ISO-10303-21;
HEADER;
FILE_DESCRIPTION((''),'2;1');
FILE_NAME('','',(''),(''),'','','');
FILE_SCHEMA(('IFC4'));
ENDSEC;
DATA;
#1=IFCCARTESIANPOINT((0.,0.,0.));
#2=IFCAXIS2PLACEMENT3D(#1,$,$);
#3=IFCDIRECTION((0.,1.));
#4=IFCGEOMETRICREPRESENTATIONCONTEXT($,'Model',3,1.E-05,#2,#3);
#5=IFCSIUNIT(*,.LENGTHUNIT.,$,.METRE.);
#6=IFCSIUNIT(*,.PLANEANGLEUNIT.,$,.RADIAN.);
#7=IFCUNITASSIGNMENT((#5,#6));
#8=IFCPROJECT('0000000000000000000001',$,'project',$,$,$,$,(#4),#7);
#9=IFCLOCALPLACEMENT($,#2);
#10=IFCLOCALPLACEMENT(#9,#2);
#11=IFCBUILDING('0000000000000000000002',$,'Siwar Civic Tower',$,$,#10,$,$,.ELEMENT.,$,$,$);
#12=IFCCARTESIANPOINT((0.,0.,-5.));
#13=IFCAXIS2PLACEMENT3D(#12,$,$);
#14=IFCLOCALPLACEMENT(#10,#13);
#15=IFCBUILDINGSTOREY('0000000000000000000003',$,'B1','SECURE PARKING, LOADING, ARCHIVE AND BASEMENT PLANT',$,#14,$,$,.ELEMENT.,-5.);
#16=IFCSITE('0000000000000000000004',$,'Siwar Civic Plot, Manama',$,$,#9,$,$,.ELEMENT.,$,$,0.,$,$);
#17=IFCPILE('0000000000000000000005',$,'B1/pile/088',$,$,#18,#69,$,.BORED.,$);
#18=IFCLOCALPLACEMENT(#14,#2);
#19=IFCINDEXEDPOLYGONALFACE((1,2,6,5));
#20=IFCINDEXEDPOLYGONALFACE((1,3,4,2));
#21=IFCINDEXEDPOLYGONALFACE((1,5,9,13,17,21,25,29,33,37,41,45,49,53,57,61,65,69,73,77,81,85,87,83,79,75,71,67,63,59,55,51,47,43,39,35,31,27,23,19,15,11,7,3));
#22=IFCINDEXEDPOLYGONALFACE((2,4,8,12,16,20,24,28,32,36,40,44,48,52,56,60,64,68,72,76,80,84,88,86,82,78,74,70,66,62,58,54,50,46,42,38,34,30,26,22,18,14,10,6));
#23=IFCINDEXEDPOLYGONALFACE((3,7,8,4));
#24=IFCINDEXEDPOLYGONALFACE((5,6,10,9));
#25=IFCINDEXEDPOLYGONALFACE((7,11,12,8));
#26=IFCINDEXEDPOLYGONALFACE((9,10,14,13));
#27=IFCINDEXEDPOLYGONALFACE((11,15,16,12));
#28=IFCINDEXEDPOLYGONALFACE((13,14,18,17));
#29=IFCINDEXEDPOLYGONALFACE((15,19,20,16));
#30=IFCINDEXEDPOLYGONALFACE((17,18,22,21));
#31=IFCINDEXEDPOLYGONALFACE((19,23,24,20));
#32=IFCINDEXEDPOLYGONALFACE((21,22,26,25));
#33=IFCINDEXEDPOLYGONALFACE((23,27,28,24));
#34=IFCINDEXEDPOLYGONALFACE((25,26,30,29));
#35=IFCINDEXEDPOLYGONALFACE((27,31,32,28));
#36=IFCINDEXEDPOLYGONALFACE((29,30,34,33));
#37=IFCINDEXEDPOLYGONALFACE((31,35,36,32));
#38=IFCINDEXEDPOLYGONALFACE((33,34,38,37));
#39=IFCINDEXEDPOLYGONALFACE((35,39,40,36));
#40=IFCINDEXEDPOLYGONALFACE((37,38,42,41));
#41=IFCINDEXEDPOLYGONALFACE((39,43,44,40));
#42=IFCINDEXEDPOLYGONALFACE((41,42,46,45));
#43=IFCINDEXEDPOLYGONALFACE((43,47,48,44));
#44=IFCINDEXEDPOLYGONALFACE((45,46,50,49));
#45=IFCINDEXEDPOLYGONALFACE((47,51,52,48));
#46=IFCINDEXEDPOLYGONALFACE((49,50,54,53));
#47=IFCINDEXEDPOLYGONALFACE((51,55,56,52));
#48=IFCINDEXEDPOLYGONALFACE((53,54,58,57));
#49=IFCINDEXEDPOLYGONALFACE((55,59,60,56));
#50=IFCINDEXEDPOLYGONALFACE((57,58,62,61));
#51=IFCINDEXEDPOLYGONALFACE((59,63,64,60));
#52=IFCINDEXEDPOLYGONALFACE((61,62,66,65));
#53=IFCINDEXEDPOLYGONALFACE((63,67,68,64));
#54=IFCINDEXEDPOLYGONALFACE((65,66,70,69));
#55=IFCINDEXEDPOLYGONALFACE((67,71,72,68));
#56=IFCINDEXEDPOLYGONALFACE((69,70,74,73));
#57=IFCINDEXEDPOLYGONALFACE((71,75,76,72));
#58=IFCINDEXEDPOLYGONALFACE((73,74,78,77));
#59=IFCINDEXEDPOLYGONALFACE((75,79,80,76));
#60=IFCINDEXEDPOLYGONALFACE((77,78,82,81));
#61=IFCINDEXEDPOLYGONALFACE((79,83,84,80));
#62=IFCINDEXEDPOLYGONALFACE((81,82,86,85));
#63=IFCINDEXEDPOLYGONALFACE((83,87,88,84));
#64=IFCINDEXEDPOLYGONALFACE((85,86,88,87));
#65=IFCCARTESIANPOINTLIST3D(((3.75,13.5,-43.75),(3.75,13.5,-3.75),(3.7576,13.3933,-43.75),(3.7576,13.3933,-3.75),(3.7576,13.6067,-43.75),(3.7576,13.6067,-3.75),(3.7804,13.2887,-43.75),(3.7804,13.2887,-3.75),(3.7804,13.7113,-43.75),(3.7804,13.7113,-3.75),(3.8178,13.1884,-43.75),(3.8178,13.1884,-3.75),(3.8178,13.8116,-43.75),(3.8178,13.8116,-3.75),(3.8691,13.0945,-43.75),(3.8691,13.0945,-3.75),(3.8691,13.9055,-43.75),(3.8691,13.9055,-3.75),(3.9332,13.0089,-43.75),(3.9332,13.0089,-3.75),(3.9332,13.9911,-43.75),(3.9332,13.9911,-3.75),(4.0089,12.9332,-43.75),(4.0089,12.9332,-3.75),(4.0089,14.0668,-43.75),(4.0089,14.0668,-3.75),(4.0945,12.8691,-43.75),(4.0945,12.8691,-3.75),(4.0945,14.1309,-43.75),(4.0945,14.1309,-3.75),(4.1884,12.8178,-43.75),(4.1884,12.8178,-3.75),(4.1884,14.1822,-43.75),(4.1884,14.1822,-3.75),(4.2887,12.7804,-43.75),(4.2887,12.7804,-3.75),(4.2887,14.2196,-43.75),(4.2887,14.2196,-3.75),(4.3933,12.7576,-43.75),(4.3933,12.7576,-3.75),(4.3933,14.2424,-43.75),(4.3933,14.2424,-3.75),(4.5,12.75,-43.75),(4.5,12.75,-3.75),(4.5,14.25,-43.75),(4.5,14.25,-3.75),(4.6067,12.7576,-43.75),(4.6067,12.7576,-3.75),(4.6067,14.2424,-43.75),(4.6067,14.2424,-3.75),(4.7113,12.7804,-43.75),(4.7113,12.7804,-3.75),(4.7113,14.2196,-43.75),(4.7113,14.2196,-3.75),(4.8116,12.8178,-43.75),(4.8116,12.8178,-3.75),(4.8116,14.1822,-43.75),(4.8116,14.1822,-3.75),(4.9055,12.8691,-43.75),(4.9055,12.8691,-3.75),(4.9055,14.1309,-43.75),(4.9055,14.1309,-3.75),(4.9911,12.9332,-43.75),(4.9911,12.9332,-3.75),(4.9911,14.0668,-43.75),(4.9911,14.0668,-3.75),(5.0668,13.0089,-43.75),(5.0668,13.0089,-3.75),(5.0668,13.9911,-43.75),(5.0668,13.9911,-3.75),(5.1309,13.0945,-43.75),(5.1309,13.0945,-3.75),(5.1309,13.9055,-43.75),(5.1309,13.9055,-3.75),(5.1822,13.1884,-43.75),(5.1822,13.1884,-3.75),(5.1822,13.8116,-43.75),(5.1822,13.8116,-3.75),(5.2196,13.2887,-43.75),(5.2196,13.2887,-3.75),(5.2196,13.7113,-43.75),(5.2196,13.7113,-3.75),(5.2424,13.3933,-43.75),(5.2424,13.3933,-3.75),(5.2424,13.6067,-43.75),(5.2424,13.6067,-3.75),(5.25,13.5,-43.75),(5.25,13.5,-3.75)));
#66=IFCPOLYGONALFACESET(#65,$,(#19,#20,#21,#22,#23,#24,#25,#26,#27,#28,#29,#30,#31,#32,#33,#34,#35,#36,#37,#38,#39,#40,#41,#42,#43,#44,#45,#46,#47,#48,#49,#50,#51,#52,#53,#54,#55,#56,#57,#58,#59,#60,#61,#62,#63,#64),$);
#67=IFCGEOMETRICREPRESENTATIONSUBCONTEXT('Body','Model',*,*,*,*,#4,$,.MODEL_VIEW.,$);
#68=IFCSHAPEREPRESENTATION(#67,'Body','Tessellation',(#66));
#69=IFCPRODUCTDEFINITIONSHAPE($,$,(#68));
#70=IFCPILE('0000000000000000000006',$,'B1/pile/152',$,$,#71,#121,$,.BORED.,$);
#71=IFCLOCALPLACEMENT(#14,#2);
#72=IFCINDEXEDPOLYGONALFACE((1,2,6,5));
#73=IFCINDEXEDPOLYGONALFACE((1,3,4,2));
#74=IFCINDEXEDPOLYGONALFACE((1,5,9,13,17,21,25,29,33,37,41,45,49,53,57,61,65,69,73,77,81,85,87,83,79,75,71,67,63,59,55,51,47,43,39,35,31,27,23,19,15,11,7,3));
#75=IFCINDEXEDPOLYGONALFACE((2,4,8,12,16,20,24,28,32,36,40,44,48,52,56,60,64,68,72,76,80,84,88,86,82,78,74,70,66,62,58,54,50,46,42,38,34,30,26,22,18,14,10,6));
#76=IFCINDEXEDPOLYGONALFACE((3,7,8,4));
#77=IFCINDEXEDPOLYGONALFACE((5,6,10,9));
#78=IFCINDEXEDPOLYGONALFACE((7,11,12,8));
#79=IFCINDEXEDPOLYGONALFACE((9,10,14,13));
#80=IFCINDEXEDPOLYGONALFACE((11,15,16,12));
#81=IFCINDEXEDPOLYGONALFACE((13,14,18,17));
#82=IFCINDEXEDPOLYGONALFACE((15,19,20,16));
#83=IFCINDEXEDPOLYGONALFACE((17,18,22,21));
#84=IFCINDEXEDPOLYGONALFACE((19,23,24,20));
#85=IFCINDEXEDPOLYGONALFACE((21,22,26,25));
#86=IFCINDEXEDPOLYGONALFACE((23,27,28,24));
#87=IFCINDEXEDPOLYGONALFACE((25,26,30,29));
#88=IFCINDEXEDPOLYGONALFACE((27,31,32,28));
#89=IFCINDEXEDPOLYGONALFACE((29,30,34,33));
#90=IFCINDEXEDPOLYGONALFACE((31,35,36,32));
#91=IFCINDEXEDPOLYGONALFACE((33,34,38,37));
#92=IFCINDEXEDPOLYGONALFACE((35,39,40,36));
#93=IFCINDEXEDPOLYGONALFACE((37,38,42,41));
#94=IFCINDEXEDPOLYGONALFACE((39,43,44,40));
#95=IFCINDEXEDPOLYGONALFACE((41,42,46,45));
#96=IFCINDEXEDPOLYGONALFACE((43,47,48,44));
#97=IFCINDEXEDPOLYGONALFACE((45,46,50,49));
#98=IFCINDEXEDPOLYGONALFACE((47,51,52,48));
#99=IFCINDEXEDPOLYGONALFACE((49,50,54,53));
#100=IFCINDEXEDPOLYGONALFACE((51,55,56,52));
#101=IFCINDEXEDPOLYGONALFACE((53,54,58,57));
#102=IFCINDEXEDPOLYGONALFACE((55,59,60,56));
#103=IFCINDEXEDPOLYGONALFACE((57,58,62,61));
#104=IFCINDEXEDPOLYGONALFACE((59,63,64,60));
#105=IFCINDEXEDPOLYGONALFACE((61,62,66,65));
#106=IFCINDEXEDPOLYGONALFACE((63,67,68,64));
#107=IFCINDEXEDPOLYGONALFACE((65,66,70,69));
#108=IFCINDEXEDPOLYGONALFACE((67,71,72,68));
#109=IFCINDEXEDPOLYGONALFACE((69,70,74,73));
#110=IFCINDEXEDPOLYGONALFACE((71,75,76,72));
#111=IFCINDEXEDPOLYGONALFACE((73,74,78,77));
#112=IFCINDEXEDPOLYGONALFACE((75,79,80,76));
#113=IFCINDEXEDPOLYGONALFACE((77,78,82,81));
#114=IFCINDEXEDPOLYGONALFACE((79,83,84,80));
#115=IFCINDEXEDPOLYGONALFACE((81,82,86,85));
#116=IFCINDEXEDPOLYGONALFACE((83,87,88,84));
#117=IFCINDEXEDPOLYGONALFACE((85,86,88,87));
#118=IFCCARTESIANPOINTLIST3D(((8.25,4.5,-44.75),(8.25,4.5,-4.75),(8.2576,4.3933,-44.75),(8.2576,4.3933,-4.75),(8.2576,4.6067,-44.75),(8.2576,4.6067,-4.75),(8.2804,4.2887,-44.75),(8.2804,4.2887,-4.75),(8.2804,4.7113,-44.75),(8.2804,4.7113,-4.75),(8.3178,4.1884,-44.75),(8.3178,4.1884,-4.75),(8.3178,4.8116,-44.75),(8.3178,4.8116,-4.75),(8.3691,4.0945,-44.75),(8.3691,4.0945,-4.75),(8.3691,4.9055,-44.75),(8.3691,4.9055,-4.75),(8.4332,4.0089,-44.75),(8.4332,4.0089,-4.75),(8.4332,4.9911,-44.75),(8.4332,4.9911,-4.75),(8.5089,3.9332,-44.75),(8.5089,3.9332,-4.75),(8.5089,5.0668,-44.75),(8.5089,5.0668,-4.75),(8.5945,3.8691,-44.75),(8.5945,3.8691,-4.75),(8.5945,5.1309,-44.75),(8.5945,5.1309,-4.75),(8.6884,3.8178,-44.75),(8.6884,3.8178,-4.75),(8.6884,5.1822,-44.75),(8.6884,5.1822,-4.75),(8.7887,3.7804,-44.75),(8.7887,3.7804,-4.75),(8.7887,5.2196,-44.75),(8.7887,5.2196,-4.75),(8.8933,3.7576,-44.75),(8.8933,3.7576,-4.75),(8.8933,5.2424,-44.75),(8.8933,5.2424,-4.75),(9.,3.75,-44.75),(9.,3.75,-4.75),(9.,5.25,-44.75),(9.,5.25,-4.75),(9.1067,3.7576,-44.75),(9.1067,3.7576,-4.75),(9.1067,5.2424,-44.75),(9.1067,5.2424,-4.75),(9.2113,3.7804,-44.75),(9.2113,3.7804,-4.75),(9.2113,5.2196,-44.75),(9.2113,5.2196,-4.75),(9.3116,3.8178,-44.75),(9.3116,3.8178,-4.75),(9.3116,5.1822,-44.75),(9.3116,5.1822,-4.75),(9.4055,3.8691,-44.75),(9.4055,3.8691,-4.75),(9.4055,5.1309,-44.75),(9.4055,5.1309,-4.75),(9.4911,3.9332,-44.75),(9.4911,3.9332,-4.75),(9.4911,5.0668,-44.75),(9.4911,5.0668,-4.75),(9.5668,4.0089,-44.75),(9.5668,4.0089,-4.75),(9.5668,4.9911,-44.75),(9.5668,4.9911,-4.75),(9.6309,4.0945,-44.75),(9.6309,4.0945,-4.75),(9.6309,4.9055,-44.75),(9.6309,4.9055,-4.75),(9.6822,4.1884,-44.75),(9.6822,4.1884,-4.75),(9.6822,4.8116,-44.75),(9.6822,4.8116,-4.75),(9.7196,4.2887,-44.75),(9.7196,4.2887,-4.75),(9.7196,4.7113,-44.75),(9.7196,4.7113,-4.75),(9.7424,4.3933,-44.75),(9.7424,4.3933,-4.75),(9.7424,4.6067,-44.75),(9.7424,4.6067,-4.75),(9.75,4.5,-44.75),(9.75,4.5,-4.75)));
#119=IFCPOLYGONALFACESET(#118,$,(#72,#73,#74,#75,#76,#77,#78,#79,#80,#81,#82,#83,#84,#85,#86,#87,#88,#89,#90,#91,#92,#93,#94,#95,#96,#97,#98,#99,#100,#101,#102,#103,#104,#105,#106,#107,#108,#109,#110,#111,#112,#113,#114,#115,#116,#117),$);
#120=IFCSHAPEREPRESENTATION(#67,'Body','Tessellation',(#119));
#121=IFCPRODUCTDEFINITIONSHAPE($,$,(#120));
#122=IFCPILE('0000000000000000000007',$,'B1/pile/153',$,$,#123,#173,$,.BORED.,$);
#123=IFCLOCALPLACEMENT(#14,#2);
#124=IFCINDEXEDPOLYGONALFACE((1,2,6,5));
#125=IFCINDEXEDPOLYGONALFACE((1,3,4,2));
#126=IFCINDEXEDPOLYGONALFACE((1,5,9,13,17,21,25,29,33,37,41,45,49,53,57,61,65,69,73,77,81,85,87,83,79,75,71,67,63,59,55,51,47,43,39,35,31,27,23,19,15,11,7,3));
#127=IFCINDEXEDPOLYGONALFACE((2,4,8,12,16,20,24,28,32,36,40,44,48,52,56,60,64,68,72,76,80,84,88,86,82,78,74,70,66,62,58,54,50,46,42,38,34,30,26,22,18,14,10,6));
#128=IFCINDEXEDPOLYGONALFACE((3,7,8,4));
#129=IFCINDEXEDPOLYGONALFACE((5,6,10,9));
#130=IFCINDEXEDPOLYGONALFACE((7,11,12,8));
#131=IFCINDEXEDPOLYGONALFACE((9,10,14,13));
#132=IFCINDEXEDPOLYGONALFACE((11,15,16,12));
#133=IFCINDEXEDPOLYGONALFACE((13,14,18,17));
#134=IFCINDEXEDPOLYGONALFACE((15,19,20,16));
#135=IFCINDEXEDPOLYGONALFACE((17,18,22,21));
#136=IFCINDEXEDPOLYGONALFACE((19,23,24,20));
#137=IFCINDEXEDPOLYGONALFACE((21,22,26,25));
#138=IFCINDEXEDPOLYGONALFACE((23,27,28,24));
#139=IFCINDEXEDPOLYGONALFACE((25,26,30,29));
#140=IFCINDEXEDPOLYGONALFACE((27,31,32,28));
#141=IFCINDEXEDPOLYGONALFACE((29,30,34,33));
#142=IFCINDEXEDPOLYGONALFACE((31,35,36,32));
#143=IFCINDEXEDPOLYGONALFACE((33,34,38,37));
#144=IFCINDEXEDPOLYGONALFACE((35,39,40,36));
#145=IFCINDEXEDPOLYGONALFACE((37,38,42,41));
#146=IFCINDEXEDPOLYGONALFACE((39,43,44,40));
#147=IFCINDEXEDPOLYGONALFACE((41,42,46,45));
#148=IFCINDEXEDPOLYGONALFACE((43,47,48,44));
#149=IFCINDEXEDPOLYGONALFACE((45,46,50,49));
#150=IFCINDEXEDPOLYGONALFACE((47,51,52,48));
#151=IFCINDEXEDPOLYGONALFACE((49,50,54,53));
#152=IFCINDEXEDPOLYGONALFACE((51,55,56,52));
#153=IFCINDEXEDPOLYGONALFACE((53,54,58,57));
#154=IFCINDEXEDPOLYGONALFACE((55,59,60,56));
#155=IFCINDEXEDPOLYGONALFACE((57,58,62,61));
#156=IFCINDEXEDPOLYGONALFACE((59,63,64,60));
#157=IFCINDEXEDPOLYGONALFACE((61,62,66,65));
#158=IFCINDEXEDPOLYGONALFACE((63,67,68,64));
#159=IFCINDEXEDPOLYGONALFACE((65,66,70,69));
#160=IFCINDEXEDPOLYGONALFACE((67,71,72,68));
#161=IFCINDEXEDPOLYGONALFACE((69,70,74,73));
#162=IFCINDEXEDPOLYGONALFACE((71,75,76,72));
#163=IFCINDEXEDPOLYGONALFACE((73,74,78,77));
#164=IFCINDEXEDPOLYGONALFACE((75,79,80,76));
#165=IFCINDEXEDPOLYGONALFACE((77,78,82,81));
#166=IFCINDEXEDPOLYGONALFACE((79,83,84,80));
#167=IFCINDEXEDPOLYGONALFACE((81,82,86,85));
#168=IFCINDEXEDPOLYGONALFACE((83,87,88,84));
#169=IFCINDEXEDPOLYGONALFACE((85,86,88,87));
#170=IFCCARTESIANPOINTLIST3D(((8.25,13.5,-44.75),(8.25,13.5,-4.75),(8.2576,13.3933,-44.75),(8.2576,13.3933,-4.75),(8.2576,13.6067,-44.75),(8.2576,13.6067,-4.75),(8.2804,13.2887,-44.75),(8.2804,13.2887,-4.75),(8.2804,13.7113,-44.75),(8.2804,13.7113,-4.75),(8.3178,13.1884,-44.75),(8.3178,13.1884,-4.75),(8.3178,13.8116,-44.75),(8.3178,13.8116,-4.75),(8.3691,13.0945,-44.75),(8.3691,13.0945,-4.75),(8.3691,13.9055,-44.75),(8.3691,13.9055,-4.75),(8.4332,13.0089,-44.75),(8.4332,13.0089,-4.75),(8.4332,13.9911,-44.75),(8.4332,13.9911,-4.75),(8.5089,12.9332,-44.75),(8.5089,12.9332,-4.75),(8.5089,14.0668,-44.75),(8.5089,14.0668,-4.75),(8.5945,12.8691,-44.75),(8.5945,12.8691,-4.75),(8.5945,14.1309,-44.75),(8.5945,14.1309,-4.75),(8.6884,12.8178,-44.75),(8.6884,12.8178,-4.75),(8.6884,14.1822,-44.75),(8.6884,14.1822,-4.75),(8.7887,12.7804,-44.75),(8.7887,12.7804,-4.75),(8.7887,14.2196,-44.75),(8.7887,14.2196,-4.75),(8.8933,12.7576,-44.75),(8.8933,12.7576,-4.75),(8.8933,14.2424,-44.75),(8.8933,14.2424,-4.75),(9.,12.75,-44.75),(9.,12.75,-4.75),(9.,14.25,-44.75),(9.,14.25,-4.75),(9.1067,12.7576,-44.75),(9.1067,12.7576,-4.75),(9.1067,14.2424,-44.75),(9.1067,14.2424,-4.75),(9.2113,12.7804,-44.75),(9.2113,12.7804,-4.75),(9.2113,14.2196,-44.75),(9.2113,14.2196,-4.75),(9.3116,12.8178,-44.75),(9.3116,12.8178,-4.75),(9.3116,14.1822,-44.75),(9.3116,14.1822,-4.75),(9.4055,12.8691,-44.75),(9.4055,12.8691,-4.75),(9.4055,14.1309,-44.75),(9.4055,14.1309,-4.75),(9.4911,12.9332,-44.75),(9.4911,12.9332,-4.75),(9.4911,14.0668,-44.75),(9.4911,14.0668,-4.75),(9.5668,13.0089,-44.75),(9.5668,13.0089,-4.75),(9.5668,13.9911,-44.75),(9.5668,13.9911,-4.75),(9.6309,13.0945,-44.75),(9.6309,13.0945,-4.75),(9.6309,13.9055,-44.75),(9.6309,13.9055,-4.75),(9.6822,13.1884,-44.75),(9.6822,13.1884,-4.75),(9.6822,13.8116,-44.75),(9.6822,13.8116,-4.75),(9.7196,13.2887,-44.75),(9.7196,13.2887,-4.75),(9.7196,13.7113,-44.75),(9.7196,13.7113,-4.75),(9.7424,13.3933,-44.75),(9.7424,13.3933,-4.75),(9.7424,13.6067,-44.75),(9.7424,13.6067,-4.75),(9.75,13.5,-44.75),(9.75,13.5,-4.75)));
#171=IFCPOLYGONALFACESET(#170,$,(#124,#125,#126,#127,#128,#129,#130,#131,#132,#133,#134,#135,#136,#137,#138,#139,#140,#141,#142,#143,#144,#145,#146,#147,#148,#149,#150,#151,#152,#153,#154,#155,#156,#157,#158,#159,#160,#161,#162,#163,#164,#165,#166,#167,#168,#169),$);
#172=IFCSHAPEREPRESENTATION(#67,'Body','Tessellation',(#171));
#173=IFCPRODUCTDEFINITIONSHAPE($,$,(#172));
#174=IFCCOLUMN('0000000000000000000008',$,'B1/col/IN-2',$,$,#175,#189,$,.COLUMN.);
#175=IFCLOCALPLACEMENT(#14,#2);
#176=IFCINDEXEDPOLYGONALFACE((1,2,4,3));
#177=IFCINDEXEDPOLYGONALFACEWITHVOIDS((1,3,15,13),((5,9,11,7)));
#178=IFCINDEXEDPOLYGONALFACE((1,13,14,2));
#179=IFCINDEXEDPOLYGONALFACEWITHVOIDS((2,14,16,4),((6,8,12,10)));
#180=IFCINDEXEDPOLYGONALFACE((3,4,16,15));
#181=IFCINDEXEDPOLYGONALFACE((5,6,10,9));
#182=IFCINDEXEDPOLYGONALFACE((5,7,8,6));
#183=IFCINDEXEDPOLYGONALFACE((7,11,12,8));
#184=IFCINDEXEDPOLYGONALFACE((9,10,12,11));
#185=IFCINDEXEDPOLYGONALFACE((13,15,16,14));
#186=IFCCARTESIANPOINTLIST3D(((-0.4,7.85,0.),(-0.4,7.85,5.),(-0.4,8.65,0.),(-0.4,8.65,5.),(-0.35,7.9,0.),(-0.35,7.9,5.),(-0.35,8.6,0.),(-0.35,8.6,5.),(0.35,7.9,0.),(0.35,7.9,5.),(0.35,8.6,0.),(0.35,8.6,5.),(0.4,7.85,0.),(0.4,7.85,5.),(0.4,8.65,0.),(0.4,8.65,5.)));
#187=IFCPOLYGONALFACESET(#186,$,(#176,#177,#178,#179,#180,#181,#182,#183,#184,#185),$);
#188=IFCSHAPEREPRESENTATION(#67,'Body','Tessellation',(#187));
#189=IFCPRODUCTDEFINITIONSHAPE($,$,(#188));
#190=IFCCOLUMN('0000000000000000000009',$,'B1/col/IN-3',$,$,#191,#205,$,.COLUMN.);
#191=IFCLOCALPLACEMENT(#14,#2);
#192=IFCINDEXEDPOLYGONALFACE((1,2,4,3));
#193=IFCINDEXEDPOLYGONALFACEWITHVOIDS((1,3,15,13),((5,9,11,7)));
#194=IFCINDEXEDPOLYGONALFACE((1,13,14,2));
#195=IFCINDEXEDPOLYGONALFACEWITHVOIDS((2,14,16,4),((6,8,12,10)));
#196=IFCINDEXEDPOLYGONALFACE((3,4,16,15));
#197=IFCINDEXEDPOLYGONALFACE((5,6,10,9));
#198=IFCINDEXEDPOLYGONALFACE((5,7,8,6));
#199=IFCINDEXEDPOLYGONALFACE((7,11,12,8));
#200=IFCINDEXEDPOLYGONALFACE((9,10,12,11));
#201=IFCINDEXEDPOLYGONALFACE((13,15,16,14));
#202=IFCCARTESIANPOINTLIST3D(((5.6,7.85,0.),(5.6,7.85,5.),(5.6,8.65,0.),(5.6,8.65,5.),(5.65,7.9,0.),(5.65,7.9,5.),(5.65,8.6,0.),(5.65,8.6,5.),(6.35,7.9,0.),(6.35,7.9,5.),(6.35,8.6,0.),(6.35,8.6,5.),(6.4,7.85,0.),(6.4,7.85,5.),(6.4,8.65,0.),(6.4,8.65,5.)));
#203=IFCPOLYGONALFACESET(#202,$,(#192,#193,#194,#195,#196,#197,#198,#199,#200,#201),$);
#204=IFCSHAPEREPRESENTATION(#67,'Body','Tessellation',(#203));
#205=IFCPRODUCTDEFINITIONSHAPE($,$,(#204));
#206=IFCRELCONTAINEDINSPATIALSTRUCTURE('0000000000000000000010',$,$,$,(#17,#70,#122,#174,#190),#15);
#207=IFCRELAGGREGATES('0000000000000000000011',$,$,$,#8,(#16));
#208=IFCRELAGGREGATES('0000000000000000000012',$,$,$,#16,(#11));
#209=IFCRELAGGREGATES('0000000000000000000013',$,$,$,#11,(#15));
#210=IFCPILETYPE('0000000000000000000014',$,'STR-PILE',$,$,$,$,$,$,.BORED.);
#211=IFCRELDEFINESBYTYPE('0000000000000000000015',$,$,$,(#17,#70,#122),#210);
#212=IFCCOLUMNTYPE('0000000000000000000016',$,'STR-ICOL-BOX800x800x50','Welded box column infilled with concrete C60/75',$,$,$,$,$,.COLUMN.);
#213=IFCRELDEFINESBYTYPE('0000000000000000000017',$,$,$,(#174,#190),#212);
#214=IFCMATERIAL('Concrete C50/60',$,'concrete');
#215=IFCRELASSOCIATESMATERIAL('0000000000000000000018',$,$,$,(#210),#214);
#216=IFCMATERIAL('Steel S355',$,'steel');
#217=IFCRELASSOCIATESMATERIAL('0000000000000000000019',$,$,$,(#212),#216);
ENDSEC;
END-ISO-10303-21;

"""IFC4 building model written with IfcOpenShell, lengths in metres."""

from ifc_helpers import new_model, si_unit, direction, frame, origin, origin_2d, place, context, subcontext, project, spatial, hollow_rectangle, circle, extrude, material, material_profile, profile_set, type_object, element, save


model = new_model("IFC4")

# Units and contexts
model_context = context("Model", 3, precision=1e-05, world=origin(), true_north=direction((0.0, 1.0)))
body_context = subcontext(model_context, "Body", "Model", "MODEL_VIEW")
ifc_project = project(units=[si_unit("LENGTHUNIT", "METRE"), si_unit("PLANEANGLEUNIT", "RADIAN")], contexts=[model_context])

# Site, building, storey
site_placement = place(None, origin())
site = spatial("IfcSite", under=ifc_project, at=site_placement, Name="Siwar Civic Plot, Manama", CompositionType="ELEMENT", RefElevation=0.0)
building_placement = place(site_placement, origin())
building = spatial("IfcBuilding", under=site, at=building_placement, Name="Siwar Civic Tower", CompositionType="ELEMENT")
storey_placement = place(building_placement, frame((0.0, 0.0, -5.0)))
storey = spatial("IfcBuildingStorey", under=building, at=storey_placement, Name="B1", Description="SECURE PARKING, LOADING, ARCHIVE AND BASEMENT PLANT", CompositionType="ELEMENT", Elevation=-5.0)

# Piles
ifc_material_1 = material(Name="Concrete C50/60", Category="concrete")
ifc_material_profile_1 = material_profile(ifc_material_1, circle(Radius=0.75, at=origin_2d()), Name="PILE1500")
ifc_profile_set_1 = profile_set([ifc_material_profile_1], Name="Concrete C50/60")
pile_type = type_object("IfcPileType", Name="STR-PILE", PredefinedType="BORED", material=ifc_profile_set_1)
for number, where, z_axis, x_axis, name in (
    (1, (4.5, 13.5, -3.75), (0.0, 0.0, -1.0), (1.0, 0.0, 0.0), "B1/pile/088"),
    (2, (9.0, 4.5, -4.75), (0.0, 0.0, -1.0), (1.0, 0.0, 0.0), "B1/pile/152"),
    (3, (9.0, 13.5, -4.75), (0.0, 0.0, -1.0), (1.0, 0.0, 0.0), "B1/pile/153"),
):
    element("IfcPile", number, at=place(storey_placement, frame(where, z_axis=z_axis, x_axis=x_axis)), inside=storey, type_object=pile_type, Name=name, PredefinedType="BORED", context=body_context, shape_type="SweptSolid", body=[
        extrude(circle(Radius=0.75, at=origin_2d()), origin(), (0.0, 0.0, 1.0), 40.0),
    ])

# Columns
ifc_material_2 = material(Name="Steel S355", Category="steel")
ifc_material_profile_2 = material_profile(ifc_material_2, hollow_rectangle(XDim=0.8, YDim=0.8, WallThickness=0.05, at=origin_2d()), Name="BOX800x800x50")
ifc_profile_set_2 = profile_set([ifc_material_profile_2], Name="Steel S355")
column_type = type_object("IfcColumnType", Name="STR-ICOL-BOX800x800x50", Description="Welded box column infilled with concrete C60/75", PredefinedType="COLUMN", material=ifc_profile_set_2)
for number, where, z_axis, x_axis, name in (
    (4, (0.0, 8.25, 0.0), (0.0, 0.0, 1.0), (1.0, 0.0, 0.0), "B1/col/IN-2"),
    (5, (6.0, 8.25, 0.0), (0.0, 0.0, 1.0), (1.0, 0.0, 0.0), "B1/col/IN-3"),
):
    element("IfcColumn", number, at=place(storey_placement, frame(where, z_axis=z_axis, x_axis=x_axis)), inside=storey, type_object=column_type, Name=name, PredefinedType="COLUMN", context=body_context, shape_type="SweptSolid", body=[
        extrude(hollow_rectangle(XDim=0.8, YDim=0.8, WallThickness=0.05, at=origin_2d()), origin(), (0.0, 0.0, 1.0), 5.0),
    ])

save(model, "model.ifc")
